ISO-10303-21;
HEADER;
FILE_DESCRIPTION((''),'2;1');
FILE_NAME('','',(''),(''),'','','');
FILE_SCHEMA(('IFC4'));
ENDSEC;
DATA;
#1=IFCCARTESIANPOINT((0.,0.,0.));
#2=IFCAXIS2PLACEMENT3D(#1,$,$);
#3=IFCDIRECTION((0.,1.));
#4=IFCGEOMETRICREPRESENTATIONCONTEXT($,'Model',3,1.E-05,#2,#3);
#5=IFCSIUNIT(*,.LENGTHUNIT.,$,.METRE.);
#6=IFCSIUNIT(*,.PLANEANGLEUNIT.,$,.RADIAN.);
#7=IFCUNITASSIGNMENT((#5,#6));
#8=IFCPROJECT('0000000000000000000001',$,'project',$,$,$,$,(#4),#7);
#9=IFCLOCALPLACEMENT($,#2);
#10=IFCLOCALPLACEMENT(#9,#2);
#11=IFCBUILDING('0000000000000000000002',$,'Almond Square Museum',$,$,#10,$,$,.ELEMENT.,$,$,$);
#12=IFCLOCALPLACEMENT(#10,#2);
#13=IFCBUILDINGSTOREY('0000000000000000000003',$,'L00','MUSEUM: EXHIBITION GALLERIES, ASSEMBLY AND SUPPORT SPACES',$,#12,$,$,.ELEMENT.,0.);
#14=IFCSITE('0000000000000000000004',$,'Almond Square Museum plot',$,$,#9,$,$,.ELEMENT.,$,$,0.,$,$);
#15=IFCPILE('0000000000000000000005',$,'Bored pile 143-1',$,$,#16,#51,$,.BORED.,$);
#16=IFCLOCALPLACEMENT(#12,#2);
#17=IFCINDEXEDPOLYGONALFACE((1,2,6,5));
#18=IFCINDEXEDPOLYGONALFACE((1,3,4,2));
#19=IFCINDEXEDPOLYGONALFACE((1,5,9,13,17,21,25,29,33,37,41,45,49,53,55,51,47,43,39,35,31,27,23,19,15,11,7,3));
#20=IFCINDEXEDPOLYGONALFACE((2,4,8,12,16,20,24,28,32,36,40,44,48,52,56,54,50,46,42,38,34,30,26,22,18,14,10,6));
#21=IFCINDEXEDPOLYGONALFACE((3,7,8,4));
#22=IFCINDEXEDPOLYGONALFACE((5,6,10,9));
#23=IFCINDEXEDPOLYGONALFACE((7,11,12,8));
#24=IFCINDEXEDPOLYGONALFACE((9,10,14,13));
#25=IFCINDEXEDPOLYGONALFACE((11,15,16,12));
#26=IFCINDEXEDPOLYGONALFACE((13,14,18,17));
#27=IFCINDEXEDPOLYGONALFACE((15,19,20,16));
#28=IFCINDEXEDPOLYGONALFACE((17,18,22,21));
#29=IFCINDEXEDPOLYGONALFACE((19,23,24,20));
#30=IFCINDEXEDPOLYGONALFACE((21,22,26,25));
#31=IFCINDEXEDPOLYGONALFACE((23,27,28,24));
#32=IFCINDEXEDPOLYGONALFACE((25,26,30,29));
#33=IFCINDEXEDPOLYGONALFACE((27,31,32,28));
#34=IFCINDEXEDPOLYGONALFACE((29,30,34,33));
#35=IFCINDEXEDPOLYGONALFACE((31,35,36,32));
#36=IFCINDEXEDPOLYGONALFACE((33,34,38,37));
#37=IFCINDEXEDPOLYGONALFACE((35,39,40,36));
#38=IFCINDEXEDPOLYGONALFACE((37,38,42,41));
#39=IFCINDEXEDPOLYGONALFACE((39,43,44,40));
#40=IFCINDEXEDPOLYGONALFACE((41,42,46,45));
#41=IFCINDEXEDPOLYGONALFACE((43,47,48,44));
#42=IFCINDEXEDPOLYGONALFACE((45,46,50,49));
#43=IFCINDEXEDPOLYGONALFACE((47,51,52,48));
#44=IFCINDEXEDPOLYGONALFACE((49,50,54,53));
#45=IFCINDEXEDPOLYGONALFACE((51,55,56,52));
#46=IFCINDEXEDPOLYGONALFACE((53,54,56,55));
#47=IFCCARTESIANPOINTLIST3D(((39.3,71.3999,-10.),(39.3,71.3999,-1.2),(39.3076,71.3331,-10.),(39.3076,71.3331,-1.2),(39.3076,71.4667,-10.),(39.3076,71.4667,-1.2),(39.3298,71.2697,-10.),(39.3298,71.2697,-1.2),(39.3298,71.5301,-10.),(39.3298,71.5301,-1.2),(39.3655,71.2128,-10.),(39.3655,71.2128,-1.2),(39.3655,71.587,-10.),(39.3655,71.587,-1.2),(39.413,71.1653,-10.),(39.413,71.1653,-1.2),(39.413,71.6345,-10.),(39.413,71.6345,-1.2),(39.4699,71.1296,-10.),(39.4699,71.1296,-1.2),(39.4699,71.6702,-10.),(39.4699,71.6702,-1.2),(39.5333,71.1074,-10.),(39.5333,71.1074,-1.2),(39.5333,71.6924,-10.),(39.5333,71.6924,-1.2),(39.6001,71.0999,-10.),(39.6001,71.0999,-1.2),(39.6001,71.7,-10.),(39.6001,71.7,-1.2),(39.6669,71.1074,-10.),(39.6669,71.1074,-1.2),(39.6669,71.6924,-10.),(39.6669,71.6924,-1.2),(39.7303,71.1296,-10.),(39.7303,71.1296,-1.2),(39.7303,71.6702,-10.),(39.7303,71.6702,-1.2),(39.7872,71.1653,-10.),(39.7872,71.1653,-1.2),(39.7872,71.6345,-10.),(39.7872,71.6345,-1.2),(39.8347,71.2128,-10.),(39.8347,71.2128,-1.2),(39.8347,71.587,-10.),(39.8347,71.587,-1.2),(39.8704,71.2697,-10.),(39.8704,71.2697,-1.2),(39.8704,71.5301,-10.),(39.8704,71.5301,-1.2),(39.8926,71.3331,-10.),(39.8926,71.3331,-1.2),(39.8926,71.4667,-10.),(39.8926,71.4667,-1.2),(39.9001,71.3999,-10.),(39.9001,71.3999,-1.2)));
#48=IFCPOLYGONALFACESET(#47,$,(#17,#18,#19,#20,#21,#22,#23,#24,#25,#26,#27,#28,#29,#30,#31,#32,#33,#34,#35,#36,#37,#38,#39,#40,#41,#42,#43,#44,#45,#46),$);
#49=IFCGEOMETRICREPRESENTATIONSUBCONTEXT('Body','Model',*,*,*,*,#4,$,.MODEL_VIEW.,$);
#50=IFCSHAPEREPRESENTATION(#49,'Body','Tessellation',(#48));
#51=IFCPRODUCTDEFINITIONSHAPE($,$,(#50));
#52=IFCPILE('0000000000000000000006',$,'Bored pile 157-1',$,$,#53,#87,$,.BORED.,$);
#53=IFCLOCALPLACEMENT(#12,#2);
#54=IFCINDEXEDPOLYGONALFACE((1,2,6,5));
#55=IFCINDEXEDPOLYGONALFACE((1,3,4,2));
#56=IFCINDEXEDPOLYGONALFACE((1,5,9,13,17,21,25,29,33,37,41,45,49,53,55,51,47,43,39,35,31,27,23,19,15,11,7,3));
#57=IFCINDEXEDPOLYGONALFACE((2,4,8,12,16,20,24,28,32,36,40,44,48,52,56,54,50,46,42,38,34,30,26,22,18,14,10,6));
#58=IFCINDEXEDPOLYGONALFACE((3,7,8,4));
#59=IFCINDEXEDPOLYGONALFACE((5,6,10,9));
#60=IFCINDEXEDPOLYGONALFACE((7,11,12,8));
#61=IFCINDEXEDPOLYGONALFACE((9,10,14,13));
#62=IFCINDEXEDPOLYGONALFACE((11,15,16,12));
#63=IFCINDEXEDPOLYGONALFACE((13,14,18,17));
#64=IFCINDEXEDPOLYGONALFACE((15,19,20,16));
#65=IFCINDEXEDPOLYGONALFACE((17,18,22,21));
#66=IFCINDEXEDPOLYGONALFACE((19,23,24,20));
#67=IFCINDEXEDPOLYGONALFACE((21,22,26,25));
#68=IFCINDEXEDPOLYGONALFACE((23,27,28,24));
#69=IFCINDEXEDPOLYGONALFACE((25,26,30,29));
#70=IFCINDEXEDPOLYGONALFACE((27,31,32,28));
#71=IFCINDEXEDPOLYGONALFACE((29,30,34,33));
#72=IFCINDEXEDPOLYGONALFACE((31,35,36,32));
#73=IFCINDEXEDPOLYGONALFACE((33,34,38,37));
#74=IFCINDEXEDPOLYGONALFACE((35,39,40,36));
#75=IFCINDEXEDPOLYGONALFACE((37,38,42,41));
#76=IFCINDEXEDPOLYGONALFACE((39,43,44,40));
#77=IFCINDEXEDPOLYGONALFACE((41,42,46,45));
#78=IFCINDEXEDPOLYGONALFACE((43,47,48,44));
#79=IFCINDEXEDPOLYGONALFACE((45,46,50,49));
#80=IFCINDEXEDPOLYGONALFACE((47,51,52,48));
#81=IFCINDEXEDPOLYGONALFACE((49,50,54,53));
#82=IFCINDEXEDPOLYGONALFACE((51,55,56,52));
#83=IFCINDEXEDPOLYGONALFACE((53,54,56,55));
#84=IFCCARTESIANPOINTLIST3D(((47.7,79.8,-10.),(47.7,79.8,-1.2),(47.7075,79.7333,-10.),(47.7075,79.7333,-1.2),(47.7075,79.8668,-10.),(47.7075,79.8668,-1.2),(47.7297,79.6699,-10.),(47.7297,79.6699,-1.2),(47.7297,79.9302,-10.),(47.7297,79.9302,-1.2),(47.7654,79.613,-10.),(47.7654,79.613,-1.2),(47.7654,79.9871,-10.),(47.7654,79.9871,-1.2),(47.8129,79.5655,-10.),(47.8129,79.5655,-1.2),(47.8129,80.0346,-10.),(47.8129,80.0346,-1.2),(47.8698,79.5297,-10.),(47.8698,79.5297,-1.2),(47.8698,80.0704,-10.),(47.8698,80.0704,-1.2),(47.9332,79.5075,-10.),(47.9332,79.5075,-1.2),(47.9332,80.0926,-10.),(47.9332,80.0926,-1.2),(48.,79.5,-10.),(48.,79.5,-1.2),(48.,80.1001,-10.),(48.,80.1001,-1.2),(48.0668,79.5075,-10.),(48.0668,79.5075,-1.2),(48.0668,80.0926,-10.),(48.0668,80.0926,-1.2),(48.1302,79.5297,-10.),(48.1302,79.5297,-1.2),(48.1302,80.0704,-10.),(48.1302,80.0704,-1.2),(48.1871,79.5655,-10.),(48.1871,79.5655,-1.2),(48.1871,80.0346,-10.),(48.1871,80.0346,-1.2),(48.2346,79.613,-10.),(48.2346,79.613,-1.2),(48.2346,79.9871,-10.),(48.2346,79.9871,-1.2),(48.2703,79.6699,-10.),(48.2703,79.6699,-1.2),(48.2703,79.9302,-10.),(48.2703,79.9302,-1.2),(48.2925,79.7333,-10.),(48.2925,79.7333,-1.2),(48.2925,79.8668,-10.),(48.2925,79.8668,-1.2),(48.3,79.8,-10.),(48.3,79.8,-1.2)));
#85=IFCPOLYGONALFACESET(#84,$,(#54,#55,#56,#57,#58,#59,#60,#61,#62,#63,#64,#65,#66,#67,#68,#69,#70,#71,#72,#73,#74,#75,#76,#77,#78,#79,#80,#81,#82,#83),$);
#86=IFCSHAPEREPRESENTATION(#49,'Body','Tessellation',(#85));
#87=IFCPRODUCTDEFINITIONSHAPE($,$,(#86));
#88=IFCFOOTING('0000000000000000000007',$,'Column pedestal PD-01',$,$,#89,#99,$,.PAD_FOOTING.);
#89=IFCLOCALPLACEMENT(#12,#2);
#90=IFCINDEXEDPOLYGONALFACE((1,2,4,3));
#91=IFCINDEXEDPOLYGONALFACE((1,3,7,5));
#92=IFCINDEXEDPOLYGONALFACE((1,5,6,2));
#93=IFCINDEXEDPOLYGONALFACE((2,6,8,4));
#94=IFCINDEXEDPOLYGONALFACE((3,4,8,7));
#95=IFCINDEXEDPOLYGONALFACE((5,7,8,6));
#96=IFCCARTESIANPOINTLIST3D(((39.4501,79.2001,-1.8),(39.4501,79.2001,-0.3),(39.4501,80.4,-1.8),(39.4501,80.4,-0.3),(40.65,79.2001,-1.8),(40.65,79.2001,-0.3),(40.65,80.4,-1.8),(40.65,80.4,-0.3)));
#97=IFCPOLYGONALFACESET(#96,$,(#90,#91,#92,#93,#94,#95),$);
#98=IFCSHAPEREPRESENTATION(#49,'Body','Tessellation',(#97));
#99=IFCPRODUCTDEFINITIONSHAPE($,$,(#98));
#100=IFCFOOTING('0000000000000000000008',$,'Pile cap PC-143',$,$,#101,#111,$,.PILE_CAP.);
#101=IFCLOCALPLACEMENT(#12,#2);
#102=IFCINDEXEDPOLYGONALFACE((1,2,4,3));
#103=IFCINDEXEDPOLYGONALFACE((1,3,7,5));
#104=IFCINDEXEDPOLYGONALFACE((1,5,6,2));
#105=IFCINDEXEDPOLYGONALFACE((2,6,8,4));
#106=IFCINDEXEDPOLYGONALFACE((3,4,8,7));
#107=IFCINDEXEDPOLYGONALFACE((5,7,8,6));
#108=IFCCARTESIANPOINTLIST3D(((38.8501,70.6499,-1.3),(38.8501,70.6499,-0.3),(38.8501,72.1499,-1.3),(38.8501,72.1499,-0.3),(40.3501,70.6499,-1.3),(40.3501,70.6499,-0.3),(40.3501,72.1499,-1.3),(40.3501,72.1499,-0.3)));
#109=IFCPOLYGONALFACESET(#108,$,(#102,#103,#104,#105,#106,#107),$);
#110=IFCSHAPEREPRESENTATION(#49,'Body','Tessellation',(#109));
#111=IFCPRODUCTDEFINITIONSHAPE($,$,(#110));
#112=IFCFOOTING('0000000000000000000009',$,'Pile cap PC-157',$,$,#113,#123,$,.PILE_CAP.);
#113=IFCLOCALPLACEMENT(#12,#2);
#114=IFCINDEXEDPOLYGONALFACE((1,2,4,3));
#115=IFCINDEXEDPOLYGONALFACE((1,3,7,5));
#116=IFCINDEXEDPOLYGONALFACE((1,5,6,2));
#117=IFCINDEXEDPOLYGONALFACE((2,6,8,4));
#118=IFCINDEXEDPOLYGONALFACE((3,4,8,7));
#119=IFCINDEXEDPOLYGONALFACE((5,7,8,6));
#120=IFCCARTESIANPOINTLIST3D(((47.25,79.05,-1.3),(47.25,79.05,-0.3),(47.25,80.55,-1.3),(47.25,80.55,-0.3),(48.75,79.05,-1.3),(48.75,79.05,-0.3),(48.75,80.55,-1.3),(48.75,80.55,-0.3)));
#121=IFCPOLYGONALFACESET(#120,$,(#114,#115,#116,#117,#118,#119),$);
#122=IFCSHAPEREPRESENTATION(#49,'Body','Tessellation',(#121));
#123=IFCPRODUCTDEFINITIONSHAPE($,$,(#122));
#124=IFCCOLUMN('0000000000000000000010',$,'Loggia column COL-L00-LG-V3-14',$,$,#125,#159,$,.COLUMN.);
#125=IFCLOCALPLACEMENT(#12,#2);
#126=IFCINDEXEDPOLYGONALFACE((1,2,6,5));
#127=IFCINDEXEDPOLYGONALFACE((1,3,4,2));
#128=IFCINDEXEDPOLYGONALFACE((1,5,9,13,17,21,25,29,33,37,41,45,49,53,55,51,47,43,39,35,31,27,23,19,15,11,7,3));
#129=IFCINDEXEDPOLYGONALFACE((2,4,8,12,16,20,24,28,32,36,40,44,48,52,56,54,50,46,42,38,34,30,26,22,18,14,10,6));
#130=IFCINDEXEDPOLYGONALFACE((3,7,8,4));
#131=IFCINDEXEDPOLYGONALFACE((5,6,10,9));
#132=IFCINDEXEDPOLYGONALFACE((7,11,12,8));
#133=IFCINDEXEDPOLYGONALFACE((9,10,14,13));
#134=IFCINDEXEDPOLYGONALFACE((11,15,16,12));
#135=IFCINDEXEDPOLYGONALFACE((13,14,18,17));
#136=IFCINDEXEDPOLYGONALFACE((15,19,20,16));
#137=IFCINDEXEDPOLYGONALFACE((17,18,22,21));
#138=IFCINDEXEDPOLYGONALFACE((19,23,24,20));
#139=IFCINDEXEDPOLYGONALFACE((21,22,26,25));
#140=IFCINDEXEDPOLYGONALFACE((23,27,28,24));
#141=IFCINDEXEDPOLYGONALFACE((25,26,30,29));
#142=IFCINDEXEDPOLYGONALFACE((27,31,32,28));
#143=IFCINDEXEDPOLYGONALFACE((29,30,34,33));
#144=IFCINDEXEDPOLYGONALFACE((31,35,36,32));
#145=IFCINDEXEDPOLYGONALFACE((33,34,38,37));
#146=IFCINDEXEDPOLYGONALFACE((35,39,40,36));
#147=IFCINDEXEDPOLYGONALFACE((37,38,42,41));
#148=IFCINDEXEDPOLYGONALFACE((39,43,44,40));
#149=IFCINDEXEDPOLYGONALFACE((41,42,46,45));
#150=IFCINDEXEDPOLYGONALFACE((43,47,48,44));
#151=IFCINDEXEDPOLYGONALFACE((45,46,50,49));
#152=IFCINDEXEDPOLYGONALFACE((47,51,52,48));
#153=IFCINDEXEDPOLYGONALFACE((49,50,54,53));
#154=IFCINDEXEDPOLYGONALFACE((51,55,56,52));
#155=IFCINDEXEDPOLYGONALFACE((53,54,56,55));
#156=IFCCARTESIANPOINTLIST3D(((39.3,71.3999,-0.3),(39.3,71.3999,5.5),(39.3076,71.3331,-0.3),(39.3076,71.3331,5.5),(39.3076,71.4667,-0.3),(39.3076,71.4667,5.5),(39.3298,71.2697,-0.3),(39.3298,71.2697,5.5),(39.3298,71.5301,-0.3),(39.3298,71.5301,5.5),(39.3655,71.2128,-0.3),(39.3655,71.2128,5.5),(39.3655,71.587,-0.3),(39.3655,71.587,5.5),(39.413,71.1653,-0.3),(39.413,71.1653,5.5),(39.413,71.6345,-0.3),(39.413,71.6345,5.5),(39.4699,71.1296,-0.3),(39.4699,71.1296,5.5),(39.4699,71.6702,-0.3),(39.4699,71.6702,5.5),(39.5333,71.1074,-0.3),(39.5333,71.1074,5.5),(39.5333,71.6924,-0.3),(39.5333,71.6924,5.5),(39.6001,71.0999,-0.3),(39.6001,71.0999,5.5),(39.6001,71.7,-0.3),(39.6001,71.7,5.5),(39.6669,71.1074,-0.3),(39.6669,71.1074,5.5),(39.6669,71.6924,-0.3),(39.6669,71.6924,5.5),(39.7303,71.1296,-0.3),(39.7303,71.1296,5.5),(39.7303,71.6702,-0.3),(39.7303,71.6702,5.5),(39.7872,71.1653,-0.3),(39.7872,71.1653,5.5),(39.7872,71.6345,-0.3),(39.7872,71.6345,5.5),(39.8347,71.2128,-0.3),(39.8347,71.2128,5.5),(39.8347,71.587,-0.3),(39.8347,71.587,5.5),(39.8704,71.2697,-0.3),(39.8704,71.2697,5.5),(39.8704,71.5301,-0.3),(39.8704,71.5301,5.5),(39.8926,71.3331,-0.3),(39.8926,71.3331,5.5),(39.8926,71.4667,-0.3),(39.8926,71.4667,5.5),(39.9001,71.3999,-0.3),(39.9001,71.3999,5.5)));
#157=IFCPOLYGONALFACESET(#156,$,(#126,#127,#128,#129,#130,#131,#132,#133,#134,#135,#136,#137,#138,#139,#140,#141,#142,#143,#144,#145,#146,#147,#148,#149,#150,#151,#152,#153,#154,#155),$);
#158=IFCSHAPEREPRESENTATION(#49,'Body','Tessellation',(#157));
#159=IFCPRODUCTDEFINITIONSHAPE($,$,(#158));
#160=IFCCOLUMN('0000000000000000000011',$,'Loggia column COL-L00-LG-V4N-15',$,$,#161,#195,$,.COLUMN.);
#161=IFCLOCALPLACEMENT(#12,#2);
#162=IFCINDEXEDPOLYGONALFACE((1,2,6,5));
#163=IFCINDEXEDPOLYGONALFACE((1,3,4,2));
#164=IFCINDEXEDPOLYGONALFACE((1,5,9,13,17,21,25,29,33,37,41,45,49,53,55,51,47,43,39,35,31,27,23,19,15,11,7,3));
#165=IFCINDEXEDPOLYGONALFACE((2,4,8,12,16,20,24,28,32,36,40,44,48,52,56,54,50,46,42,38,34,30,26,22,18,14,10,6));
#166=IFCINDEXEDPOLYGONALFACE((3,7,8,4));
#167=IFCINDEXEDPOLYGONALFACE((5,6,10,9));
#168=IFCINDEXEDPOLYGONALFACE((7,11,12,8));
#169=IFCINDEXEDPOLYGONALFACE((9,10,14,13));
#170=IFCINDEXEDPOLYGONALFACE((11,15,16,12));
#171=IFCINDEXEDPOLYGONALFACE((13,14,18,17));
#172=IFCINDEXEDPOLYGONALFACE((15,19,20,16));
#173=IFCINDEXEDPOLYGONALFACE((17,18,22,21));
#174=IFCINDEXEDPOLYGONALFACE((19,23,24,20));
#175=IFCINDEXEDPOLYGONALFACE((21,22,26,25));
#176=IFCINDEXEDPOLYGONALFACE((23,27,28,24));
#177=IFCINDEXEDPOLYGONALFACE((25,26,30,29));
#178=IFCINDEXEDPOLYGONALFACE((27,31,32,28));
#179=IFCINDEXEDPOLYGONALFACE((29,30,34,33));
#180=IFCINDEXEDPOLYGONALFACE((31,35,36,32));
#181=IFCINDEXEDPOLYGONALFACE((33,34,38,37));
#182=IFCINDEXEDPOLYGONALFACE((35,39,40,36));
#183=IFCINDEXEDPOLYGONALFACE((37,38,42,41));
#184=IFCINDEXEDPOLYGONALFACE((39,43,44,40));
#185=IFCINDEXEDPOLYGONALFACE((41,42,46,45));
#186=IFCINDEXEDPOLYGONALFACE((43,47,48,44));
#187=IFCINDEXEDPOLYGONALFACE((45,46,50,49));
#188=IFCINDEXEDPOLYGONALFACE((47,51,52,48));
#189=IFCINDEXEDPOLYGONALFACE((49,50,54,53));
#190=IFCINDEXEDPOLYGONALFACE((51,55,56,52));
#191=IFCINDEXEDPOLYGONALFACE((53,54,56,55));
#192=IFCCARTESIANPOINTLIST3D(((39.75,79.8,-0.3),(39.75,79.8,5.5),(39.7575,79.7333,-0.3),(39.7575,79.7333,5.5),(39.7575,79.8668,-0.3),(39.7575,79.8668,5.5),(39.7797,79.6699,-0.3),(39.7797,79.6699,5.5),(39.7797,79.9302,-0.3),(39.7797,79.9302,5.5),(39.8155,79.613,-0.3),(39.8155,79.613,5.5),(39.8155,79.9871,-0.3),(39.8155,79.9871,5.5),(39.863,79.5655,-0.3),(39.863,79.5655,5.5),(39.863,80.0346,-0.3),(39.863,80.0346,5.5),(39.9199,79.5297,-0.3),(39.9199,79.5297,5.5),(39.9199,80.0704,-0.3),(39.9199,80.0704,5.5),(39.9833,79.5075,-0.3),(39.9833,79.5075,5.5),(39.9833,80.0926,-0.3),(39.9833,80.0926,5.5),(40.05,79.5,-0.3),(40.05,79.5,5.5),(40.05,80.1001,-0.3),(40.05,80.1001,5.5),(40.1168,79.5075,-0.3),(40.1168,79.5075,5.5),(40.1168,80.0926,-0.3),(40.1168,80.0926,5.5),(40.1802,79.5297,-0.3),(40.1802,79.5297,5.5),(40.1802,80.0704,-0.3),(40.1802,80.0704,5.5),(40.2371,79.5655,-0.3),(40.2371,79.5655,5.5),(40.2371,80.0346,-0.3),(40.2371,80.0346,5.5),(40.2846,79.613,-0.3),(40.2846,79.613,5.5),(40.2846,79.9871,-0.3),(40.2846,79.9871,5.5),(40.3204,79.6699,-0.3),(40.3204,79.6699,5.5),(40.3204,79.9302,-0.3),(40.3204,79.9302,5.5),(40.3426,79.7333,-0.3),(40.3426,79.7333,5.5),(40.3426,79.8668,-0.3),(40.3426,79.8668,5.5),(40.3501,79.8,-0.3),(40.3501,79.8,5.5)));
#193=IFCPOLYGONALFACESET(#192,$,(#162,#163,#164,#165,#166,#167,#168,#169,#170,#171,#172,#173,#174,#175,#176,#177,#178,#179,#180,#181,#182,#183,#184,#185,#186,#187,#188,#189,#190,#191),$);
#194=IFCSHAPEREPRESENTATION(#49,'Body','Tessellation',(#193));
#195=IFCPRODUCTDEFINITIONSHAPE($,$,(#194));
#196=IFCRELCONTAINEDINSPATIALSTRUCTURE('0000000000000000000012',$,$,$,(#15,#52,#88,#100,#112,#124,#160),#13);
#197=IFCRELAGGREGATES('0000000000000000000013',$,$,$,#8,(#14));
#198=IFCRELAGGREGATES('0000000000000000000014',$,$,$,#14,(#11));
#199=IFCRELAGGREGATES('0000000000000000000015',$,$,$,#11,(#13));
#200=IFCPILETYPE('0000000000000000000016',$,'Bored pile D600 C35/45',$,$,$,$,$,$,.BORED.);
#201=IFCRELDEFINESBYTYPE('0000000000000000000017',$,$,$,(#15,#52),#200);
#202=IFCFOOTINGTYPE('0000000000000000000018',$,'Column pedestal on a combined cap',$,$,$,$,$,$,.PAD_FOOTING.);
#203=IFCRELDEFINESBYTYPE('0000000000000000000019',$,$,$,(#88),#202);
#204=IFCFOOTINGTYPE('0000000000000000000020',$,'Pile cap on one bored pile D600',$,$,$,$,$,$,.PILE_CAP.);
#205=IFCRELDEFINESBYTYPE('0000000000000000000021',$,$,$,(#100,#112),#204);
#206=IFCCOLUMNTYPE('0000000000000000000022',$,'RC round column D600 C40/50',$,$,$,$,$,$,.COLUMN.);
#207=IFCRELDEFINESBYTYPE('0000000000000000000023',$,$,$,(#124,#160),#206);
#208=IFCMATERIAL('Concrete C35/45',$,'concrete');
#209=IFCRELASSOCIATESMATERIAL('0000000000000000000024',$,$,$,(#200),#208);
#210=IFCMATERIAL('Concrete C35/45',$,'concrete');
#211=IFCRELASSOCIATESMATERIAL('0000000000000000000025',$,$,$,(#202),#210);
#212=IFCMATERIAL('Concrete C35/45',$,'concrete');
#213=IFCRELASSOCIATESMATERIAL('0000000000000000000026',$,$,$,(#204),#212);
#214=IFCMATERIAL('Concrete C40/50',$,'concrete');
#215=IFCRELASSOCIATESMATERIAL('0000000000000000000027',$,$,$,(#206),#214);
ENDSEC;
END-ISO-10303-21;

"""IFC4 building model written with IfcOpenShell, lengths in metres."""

from ifc_helpers import new_model, si_unit, direction, frame, origin, origin_2d, place, context, subcontext, project, spatial, rectangle, circle, extrude, material, material_profile, profile_set, type_object, element, save


model = new_model("IFC4")

# Units and contexts
model_context = context("Model", 3, precision=1e-05, world=origin(), true_north=direction((0.0, 1.0)))
body_context = subcontext(model_context, "Body", "Model", "MODEL_VIEW")
ifc_project = project(units=[si_unit("LENGTHUNIT", "METRE"), si_unit("PLANEANGLEUNIT", "RADIAN")], contexts=[model_context])

# Site, building, storey
site_placement = place(None, origin())
site = spatial("IfcSite", under=ifc_project, at=site_placement, Name="Almond Square Museum plot", CompositionType="ELEMENT", RefElevation=0.0)
building_placement = place(site_placement, origin())
building = spatial("IfcBuilding", under=site, at=building_placement, Name="Almond Square Museum", CompositionType="ELEMENT")
storey_placement = place(building_placement, origin())
storey = spatial("IfcBuildingStorey", under=building, at=storey_placement, Name="L00", Description="MUSEUM: EXHIBITION GALLERIES, ASSEMBLY AND SUPPORT SPACES", CompositionType="ELEMENT", Elevation=0.0)

# Piles
ifc_material_1 = material(Name="Concrete C35/45", Category="concrete")
ifc_material_profile_1 = material_profile(ifc_material_1, circle(Radius=0.3, at=origin_2d()))
ifc_profile_set_1 = profile_set([ifc_material_profile_1], Name="Concrete C35/45")
pile_type = type_object("IfcPileType", Name="Bored pile D600 C35/45", PredefinedType="BORED", material=ifc_profile_set_1)
for number, where, z_axis, x_axis, name in (
    (1, (39.6001, 71.3999, -1.2), (0.0, 0.0, -1.0), (1.0, 0.0, 0.0), "Bored pile 143-1"),
    (2, (48.0, 79.8, -1.2), (0.0, 0.0, -1.0), (1.0, 0.0, 0.0), "Bored pile 157-1"),
):
    element("IfcPile", number, at=place(storey_placement, frame(where, z_axis=z_axis, x_axis=x_axis)), inside=storey, type_object=pile_type, Name=name, PredefinedType="BORED", context=body_context, shape_type="SweptSolid", body=[
        extrude(circle(Radius=0.3, at=origin_2d()), origin(), (0.0, 0.0, 1.0), 8.8),
    ])

# Footings
ifc_material_2 = material(Name="Concrete C35/45", Category="concrete")
footing_type_1 = type_object("IfcFootingType", Name="Column pedestal on a combined cap", PredefinedType="PAD_FOOTING", material=ifc_material_2)
footing_placement = place(storey_placement, frame((40.05, 79.8, -1.8), z_axis=(0.0, 0.0, 1.0), x_axis=(1.0, 0.0, 0.0)))
element("IfcFooting", 3, at=footing_placement, inside=storey, type_object=footing_type_1, Name="Column pedestal PD-01", PredefinedType="PAD_FOOTING", context=body_context, shape_type="SweptSolid", body=[
    extrude(rectangle(XDim=1.2, YDim=1.2, at=origin_2d()), origin(), (0.0, 0.0, 1.0), 1.5),
])
ifc_material_3 = material(Name="Concrete C35/45", Category="concrete")
footing_type_2 = type_object("IfcFootingType", Name="Pile cap on one bored pile D600", PredefinedType="PILE_CAP", material=ifc_material_3)
for number, where, z_axis, x_axis, name in (
    (4, (39.6001, 71.3999, -1.3), (0.0, 0.0, 1.0), (1.0, 0.0, 0.0), "Pile cap PC-143"),
    (5, (48.0, 79.8, -1.3), (0.0, 0.0, 1.0), (1.0, 0.0, 0.0), "Pile cap PC-157"),
):
    element("IfcFooting", number, at=place(storey_placement, frame(where, z_axis=z_axis, x_axis=x_axis)), inside=storey, type_object=footing_type_2, Name=name, PredefinedType="PILE_CAP", context=body_context, shape_type="SweptSolid", body=[
        extrude(rectangle(XDim=1.5, YDim=1.5, at=origin_2d()), origin(), (0.0, 0.0, 1.0), 1.0),
    ])

# Columns
ifc_material_4 = material(Name="Concrete C40/50", Category="concrete")
ifc_material_profile_2 = material_profile(ifc_material_4, circle(Radius=0.3, at=origin_2d()))
ifc_profile_set_2 = profile_set([ifc_material_profile_2], Name="Concrete C40/50")
column_type = type_object("IfcColumnType", Name="RC round column D600 C40/50", PredefinedType="COLUMN", material=ifc_profile_set_2)
for number, where, z_axis, x_axis, name in (
    (6, (39.6001, 71.3999, -0.3), (0.0, 0.0, 1.0), (1.0, 0.0, 0.0), "Loggia column COL-L00-LG-V3-14"),
    (7, (40.05, 79.8, -0.3), (0.0, 0.0, 1.0), (1.0, 0.0, 0.0), "Loggia column COL-L00-LG-V4N-15"),
):
    element("IfcColumn", number, at=place(storey_placement, frame(where, z_axis=z_axis, x_axis=x_axis)), inside=storey, type_object=column_type, Name=name, PredefinedType="COLUMN", context=body_context, shape_type="SweptSolid", body=[
        extrude(circle(Radius=0.3, at=origin_2d()), origin(), (0.0, 0.0, 1.0), 5.8),
    ])

save(model, "model.ifc")
